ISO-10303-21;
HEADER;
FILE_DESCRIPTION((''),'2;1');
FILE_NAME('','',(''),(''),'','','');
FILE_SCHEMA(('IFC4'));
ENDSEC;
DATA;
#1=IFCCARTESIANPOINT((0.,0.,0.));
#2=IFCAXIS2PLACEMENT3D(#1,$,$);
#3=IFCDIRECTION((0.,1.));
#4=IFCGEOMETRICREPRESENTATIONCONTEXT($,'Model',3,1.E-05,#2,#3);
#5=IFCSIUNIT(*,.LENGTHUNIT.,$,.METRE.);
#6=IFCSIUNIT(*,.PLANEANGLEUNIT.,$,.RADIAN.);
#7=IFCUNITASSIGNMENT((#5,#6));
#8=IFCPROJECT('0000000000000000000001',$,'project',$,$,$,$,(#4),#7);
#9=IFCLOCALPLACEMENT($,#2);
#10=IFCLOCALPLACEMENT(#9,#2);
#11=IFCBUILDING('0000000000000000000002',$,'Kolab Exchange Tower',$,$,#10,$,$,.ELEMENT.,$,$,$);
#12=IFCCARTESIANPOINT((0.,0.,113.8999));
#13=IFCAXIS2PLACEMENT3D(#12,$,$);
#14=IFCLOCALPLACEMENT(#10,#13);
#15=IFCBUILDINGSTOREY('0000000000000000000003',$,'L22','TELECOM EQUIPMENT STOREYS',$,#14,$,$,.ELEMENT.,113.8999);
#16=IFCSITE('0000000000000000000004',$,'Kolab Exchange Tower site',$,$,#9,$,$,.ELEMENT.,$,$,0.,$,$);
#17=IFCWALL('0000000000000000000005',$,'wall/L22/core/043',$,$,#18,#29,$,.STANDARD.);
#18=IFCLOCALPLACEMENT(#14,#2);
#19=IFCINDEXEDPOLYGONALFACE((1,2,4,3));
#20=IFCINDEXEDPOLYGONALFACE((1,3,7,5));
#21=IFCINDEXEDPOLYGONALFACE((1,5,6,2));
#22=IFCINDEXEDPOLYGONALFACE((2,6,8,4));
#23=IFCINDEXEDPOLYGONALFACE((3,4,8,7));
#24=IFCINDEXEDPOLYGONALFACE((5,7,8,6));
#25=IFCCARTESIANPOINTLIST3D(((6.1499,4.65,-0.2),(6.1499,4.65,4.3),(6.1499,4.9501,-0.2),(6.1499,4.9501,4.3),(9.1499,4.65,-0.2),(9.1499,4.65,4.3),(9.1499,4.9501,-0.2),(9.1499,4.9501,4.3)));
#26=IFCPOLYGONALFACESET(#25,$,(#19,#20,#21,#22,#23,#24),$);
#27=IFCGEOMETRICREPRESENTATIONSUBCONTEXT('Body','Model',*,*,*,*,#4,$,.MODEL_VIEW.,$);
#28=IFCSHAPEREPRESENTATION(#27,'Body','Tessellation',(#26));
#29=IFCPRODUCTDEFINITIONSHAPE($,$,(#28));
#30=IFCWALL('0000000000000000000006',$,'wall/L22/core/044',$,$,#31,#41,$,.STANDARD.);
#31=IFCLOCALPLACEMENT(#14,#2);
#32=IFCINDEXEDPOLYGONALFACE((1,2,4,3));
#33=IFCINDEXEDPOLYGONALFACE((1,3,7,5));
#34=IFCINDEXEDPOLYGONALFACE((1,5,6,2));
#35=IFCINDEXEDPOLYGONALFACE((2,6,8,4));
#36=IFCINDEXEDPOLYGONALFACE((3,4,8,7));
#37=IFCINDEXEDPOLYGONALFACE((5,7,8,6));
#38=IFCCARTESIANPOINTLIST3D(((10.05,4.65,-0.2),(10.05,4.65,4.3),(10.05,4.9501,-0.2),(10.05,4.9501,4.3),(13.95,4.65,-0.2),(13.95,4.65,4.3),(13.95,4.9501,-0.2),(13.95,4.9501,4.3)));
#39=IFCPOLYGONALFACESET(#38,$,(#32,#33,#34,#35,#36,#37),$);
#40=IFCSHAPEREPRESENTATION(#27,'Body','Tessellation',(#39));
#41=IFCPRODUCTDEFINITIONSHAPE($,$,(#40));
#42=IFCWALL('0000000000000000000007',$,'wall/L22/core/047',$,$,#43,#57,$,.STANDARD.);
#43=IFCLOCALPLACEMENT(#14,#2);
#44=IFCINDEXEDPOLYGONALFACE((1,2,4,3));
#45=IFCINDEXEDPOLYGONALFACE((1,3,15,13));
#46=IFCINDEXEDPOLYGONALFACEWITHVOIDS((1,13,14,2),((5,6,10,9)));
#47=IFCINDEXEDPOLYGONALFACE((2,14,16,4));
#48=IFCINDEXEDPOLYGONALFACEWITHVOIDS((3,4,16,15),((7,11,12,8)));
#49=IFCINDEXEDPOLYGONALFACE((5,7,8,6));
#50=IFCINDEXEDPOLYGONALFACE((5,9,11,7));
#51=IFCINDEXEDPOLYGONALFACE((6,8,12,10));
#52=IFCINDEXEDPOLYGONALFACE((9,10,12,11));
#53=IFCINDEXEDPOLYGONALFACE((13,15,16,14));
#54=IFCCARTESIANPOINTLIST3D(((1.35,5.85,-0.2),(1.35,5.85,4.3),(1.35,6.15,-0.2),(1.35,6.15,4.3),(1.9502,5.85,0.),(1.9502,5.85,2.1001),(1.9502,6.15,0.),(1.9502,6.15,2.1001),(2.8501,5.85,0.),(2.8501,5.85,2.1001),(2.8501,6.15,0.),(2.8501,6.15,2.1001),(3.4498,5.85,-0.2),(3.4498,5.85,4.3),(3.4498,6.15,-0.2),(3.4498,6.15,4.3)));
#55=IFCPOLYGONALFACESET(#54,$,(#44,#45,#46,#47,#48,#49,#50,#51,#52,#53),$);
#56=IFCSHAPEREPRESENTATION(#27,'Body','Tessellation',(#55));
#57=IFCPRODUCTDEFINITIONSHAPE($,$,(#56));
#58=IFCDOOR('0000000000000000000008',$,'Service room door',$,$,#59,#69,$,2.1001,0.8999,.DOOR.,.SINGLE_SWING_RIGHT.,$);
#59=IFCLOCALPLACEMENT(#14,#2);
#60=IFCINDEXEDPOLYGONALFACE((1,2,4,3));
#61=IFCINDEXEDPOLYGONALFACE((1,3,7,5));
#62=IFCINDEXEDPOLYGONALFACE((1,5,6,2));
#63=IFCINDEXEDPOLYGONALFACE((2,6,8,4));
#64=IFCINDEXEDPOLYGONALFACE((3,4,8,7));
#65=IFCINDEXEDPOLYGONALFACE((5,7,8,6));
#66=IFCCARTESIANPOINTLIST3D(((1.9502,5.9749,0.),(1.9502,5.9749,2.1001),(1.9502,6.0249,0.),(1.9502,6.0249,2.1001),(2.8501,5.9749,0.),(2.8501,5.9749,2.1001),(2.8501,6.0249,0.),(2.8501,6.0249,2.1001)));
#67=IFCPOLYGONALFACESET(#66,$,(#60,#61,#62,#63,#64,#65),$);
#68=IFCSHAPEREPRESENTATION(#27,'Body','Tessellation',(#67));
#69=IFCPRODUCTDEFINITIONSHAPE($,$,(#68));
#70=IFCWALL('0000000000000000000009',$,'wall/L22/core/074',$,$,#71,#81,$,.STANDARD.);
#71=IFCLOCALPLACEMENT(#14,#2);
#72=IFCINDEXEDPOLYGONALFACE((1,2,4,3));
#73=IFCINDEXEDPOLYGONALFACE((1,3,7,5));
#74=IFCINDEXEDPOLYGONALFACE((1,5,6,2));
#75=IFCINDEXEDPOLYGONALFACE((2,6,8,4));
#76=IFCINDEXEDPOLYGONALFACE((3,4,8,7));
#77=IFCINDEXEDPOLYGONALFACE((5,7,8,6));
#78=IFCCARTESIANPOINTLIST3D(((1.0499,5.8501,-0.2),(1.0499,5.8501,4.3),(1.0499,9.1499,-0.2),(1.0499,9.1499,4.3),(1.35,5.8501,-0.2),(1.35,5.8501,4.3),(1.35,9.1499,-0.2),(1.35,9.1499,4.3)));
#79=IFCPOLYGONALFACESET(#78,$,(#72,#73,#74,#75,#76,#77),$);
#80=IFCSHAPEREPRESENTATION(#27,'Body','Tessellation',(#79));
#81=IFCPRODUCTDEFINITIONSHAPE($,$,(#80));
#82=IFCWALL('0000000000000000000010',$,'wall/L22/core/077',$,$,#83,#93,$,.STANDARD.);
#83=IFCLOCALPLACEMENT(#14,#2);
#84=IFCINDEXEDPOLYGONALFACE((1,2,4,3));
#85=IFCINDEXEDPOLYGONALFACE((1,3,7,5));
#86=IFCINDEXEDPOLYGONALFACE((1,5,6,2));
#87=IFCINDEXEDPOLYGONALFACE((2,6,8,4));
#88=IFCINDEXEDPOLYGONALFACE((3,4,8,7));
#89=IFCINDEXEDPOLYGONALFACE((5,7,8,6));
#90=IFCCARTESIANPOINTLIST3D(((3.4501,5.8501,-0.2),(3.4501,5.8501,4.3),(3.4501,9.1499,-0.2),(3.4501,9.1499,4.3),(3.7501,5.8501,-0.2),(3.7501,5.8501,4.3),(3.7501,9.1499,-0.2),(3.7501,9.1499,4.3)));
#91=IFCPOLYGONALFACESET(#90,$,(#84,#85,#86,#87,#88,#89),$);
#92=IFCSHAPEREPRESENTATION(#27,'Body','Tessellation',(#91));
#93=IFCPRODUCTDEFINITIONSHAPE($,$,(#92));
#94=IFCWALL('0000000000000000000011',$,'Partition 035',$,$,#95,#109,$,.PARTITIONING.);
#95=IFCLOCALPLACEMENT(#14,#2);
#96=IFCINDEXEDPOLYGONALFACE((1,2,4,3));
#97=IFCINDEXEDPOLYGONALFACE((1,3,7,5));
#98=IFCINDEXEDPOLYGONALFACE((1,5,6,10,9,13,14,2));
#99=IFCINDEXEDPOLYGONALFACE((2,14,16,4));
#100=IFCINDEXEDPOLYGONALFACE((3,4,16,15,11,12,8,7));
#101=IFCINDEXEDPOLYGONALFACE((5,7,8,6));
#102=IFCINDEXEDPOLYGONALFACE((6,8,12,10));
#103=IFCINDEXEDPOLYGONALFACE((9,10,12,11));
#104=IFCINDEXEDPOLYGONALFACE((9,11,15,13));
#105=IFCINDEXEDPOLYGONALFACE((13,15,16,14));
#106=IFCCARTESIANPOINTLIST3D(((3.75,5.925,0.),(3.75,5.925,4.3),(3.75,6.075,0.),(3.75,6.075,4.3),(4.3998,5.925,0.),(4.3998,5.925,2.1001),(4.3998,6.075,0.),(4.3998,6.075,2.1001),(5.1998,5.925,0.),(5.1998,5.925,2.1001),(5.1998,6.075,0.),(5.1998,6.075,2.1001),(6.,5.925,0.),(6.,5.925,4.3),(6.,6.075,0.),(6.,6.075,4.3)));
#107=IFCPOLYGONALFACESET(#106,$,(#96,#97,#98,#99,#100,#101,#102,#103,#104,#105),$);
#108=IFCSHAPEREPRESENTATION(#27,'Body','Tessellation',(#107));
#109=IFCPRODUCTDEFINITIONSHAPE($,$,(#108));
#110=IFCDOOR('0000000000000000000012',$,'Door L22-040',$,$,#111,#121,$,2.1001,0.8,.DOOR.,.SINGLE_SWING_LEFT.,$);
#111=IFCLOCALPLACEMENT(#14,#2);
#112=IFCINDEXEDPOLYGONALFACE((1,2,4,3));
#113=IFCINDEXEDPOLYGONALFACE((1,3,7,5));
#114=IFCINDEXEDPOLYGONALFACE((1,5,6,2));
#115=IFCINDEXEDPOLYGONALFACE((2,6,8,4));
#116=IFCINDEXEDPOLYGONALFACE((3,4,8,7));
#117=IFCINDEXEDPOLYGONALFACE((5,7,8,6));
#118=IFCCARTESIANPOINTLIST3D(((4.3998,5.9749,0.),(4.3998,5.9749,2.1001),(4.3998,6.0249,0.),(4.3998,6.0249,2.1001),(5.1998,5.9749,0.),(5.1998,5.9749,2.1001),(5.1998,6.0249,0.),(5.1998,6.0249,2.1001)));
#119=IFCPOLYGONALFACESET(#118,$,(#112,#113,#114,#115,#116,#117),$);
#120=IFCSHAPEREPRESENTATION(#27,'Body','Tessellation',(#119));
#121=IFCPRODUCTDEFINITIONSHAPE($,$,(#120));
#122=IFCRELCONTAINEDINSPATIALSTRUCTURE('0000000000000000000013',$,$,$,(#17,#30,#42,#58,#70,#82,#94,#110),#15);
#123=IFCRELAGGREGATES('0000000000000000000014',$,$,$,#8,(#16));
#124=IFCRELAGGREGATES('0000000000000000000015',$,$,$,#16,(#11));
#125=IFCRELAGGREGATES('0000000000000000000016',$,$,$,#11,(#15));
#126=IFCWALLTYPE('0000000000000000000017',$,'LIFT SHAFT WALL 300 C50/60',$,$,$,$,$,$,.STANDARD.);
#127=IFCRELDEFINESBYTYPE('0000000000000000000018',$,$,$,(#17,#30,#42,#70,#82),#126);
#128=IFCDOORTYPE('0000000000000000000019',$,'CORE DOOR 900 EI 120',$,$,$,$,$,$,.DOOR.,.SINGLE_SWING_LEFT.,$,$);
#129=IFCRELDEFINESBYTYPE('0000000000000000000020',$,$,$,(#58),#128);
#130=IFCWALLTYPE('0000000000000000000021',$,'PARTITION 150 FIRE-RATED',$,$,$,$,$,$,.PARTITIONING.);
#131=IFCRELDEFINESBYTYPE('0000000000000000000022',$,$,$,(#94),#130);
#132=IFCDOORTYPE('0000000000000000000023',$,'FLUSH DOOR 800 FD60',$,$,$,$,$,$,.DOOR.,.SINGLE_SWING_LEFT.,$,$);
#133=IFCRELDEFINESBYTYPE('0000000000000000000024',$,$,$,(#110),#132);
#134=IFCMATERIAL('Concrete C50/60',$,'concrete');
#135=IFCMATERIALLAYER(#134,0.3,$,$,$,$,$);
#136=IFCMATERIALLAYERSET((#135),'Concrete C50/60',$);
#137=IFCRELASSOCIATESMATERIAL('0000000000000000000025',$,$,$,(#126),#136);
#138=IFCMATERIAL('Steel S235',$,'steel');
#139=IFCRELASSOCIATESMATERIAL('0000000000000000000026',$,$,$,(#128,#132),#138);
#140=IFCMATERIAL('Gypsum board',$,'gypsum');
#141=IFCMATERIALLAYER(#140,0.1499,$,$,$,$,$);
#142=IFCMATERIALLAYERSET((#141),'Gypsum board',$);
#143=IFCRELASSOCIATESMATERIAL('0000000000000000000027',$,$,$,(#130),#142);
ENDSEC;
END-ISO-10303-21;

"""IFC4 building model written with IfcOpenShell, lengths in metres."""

from ifc_helpers import new_model, si_unit, direction, frame, frame_2d, origin, place, context, subcontext, project, spatial, rectangle, extrude, material, layer, layer_set, type_object, element, fill, save


model = new_model("IFC4")

# Units and contexts
model_context = context("Model", 3, precision=1e-05, world=origin(), true_north=direction((0.0, 1.0)))
body_context = subcontext(model_context, "Body", "Model", "MODEL_VIEW")
ifc_project = project(units=[si_unit("LENGTHUNIT", "METRE"), si_unit("PLANEANGLEUNIT", "RADIAN")], contexts=[model_context])

# Site, building, storey
site_placement = place(None, origin())
site = spatial("IfcSite", under=ifc_project, at=site_placement, Name="Kolab Exchange Tower site", CompositionType="ELEMENT", RefElevation=0.0)
building_placement = place(site_placement, origin())
building = spatial("IfcBuilding", under=site, at=building_placement, Name="Kolab Exchange Tower", CompositionType="ELEMENT")
storey_placement = place(building_placement, frame((0.0, 0.0, 113.8999)))
storey = spatial("IfcBuildingStorey", under=building, at=storey_placement, Name="L22", Description="TELECOM EQUIPMENT STOREYS", CompositionType="ELEMENT", Elevation=113.8999)

# Shared definitions
ifc_material_1 = material(Name="Concrete C50/60", Category="concrete")

# Shared definitions
ifc_layer_1 = layer(ifc_material_1, 0.3)
ifc_layer_set_1 = layer_set([ifc_layer_1], Name="Concrete C50/60")
wall_type_1 = type_object("IfcWallType", Name="LIFT SHAFT WALL 300 C50/60", PredefinedType="STANDARD", material=ifc_layer_set_1)

# Shared definitions
ifc_material_2 = material(Name="Steel S235", Category="steel")
door_type_1 = type_object("IfcDoorType", Name="CORE DOOR 900 EI 120", OperationType="SINGLE_SWING_LEFT", PredefinedType="DOOR", material=ifc_material_2)

# Walls
wall_1_placement = place(storey_placement, frame((6.1499, 4.8, -0.2), z_axis=(0.0, 0.0, 1.0), x_axis=(1.0, 0.0, 0.0)))
element("IfcWall", 1, at=wall_1_placement, inside=storey, type_object=wall_type_1, Name="wall/L22/core/043", PredefinedType="STANDARD", context=body_context, shape_type="SweptSolid", body=[
    extrude(rectangle(XDim=3.0, YDim=0.3, at=frame_2d((1.5, 0.0))), origin(), (0.0, 0.0, 1.0), 4.5),
])
wall_2_placement = place(storey_placement, frame((10.05, 4.8, -0.2), z_axis=(0.0, 0.0, 1.0), x_axis=(1.0, 0.0, 0.0)))
element("IfcWall", 2, at=wall_2_placement, inside=storey, type_object=wall_type_1, Name="wall/L22/core/044", PredefinedType="STANDARD", context=body_context, shape_type="SweptSolid", body=[
    extrude(rectangle(XDim=3.8999, YDim=0.3, at=frame_2d((1.95, 0.0))), origin(), (0.0, 0.0, 1.0), 4.5),
])

# Wall, opening, door
wall_3_placement = place(storey_placement, frame((1.3501, 6.0, -0.2), z_axis=(0.0, 0.0, 1.0), x_axis=(1.0, 0.0, 0.0)))
wall_3 = element("IfcWall", 3, at=wall_3_placement, inside=storey, type_object=wall_type_1, Name="wall/L22/core/047", PredefinedType="STANDARD", context=body_context, shape_type="SweptSolid", body=[
    extrude(rectangle(XDim=2.0999, YDim=0.3, at=frame_2d((1.0498, 0.0))), origin(), (0.0, 0.0, 1.0), 4.5),
])
opening_1_placement = place(wall_3_placement, frame((0.6001, 0.0, 0.2)))
opening_1 = element("IfcOpeningElement", 4, at=opening_1_placement, cuts=wall_3, PredefinedType="OPENING", context=body_context, shape_type="SweptSolid", body=[
    extrude(rectangle(XDim=0.8999, YDim=2.1001, at=frame_2d((0.45, 1.05))), frame((0.0, 0.1602, 0.0), z_axis=(0.0, -1.0, 0.0), x_axis=(1.0, 0.0, 0.0)), (0.0, 0.0, 1.0), 0.3201),
])
door_1_placement = place(opening_1_placement, origin())
door_1 = element("IfcDoor", 5, at=door_1_placement, inside=storey, type_object=door_type_1, Name="Service room door", OperationType="SINGLE_SWING_RIGHT", OverallHeight=2.1001, OverallWidth=0.8999, PredefinedType="DOOR", context=body_context, shape_type="SweptSolid", body=[
    extrude(rectangle(XDim=0.8999, YDim=2.1001, at=frame_2d((0.45, 1.05))), frame((0.0, 0.0249, 0.0), z_axis=(0.0, -1.0, 0.0), x_axis=(1.0, 0.0, 0.0)), (0.0, 0.0, 1.0), 0.05),
])
fill(opening_1, door_1)

# Walls
for number, where, z_axis, x_axis, name in (
    (6, (1.2, 5.8501, -0.2), (0.0, 0.0, 1.0), (0.0, 1.0, 0.0), "wall/L22/core/074"),
    (7, (3.6001, 5.8501, -0.2), (0.0, 0.0, 1.0), (0.0, 1.0, 0.0), "wall/L22/core/077"),
):
    element("IfcWall", number, at=place(storey_placement, frame(where, z_axis=z_axis, x_axis=x_axis)), inside=storey, type_object=wall_type_1, Name=name, PredefinedType="STANDARD", context=body_context, shape_type="SweptSolid", body=[
        extrude(rectangle(XDim=3.2998, YDim=0.3, at=frame_2d((1.6499, 0.0))), origin(), (0.0, 0.0, 1.0), 4.5),
    ])

# Wall, opening, door
ifc_material_3 = material(Name="Gypsum board", Category="gypsum")
ifc_layer_2 = layer(ifc_material_3, 0.1499)
ifc_layer_set_2 = layer_set([ifc_layer_2], Name="Gypsum board")
wall_type_2 = type_object("IfcWallType", Name="PARTITION 150 FIRE-RATED", PredefinedType="PARTITIONING", material=ifc_layer_set_2)
wall_4_placement = place(storey_placement, frame((3.75, 6.0, 0.0), z_axis=(0.0, 0.0, 1.0), x_axis=(1.0, 0.0, 0.0)))
wall_4 = element("IfcWall", 8, at=wall_4_placement, inside=storey, type_object=wall_type_2, Name="Partition 035", PredefinedType="PARTITIONING", context=body_context, shape_type="SweptSolid", body=[
    extrude(rectangle(XDim=2.25, YDim=0.1499, at=frame_2d((1.125, 0.0))), origin(), (0.0, 0.0, 1.0), 4.3),
])
opening_2_placement = place(wall_4_placement, frame((0.6499, 0.0, 0.0)))
opening_2 = element("IfcOpeningElement", 9, at=opening_2_placement, cuts=wall_4, PredefinedType="OPENING", context=body_context, shape_type="SweptSolid", body=[
    extrude(rectangle(XDim=0.8, YDim=2.1001, at=frame_2d((0.3999, 1.05))), frame((0.0, 0.085, 0.0), z_axis=(0.0, -1.0, 0.0), x_axis=(1.0, 0.0, 0.0)), (0.0, 0.0, 1.0), 0.1699),
])
door_type_2 = type_object("IfcDoorType", Name="FLUSH DOOR 800 FD60", OperationType="SINGLE_SWING_LEFT", PredefinedType="DOOR", material=ifc_material_2)
door_2_placement = place(opening_2_placement, origin())
door_2 = element("IfcDoor", 10, at=door_2_placement, inside=storey, type_object=door_type_2, Name="Door L22-040", OperationType="SINGLE_SWING_LEFT", OverallHeight=2.1001, OverallWidth=0.8, PredefinedType="DOOR", context=body_context, shape_type="SweptSolid", body=[
    extrude(rectangle(XDim=0.8, YDim=2.1001, at=frame_2d((0.3999, 1.05))), frame((0.0, 0.0249, 0.0), z_axis=(0.0, -1.0, 0.0), x_axis=(1.0, 0.0, 0.0)), (0.0, 0.0, 1.0), 0.05),
])
fill(opening_2, door_2)

save(model, "model.ifc")
